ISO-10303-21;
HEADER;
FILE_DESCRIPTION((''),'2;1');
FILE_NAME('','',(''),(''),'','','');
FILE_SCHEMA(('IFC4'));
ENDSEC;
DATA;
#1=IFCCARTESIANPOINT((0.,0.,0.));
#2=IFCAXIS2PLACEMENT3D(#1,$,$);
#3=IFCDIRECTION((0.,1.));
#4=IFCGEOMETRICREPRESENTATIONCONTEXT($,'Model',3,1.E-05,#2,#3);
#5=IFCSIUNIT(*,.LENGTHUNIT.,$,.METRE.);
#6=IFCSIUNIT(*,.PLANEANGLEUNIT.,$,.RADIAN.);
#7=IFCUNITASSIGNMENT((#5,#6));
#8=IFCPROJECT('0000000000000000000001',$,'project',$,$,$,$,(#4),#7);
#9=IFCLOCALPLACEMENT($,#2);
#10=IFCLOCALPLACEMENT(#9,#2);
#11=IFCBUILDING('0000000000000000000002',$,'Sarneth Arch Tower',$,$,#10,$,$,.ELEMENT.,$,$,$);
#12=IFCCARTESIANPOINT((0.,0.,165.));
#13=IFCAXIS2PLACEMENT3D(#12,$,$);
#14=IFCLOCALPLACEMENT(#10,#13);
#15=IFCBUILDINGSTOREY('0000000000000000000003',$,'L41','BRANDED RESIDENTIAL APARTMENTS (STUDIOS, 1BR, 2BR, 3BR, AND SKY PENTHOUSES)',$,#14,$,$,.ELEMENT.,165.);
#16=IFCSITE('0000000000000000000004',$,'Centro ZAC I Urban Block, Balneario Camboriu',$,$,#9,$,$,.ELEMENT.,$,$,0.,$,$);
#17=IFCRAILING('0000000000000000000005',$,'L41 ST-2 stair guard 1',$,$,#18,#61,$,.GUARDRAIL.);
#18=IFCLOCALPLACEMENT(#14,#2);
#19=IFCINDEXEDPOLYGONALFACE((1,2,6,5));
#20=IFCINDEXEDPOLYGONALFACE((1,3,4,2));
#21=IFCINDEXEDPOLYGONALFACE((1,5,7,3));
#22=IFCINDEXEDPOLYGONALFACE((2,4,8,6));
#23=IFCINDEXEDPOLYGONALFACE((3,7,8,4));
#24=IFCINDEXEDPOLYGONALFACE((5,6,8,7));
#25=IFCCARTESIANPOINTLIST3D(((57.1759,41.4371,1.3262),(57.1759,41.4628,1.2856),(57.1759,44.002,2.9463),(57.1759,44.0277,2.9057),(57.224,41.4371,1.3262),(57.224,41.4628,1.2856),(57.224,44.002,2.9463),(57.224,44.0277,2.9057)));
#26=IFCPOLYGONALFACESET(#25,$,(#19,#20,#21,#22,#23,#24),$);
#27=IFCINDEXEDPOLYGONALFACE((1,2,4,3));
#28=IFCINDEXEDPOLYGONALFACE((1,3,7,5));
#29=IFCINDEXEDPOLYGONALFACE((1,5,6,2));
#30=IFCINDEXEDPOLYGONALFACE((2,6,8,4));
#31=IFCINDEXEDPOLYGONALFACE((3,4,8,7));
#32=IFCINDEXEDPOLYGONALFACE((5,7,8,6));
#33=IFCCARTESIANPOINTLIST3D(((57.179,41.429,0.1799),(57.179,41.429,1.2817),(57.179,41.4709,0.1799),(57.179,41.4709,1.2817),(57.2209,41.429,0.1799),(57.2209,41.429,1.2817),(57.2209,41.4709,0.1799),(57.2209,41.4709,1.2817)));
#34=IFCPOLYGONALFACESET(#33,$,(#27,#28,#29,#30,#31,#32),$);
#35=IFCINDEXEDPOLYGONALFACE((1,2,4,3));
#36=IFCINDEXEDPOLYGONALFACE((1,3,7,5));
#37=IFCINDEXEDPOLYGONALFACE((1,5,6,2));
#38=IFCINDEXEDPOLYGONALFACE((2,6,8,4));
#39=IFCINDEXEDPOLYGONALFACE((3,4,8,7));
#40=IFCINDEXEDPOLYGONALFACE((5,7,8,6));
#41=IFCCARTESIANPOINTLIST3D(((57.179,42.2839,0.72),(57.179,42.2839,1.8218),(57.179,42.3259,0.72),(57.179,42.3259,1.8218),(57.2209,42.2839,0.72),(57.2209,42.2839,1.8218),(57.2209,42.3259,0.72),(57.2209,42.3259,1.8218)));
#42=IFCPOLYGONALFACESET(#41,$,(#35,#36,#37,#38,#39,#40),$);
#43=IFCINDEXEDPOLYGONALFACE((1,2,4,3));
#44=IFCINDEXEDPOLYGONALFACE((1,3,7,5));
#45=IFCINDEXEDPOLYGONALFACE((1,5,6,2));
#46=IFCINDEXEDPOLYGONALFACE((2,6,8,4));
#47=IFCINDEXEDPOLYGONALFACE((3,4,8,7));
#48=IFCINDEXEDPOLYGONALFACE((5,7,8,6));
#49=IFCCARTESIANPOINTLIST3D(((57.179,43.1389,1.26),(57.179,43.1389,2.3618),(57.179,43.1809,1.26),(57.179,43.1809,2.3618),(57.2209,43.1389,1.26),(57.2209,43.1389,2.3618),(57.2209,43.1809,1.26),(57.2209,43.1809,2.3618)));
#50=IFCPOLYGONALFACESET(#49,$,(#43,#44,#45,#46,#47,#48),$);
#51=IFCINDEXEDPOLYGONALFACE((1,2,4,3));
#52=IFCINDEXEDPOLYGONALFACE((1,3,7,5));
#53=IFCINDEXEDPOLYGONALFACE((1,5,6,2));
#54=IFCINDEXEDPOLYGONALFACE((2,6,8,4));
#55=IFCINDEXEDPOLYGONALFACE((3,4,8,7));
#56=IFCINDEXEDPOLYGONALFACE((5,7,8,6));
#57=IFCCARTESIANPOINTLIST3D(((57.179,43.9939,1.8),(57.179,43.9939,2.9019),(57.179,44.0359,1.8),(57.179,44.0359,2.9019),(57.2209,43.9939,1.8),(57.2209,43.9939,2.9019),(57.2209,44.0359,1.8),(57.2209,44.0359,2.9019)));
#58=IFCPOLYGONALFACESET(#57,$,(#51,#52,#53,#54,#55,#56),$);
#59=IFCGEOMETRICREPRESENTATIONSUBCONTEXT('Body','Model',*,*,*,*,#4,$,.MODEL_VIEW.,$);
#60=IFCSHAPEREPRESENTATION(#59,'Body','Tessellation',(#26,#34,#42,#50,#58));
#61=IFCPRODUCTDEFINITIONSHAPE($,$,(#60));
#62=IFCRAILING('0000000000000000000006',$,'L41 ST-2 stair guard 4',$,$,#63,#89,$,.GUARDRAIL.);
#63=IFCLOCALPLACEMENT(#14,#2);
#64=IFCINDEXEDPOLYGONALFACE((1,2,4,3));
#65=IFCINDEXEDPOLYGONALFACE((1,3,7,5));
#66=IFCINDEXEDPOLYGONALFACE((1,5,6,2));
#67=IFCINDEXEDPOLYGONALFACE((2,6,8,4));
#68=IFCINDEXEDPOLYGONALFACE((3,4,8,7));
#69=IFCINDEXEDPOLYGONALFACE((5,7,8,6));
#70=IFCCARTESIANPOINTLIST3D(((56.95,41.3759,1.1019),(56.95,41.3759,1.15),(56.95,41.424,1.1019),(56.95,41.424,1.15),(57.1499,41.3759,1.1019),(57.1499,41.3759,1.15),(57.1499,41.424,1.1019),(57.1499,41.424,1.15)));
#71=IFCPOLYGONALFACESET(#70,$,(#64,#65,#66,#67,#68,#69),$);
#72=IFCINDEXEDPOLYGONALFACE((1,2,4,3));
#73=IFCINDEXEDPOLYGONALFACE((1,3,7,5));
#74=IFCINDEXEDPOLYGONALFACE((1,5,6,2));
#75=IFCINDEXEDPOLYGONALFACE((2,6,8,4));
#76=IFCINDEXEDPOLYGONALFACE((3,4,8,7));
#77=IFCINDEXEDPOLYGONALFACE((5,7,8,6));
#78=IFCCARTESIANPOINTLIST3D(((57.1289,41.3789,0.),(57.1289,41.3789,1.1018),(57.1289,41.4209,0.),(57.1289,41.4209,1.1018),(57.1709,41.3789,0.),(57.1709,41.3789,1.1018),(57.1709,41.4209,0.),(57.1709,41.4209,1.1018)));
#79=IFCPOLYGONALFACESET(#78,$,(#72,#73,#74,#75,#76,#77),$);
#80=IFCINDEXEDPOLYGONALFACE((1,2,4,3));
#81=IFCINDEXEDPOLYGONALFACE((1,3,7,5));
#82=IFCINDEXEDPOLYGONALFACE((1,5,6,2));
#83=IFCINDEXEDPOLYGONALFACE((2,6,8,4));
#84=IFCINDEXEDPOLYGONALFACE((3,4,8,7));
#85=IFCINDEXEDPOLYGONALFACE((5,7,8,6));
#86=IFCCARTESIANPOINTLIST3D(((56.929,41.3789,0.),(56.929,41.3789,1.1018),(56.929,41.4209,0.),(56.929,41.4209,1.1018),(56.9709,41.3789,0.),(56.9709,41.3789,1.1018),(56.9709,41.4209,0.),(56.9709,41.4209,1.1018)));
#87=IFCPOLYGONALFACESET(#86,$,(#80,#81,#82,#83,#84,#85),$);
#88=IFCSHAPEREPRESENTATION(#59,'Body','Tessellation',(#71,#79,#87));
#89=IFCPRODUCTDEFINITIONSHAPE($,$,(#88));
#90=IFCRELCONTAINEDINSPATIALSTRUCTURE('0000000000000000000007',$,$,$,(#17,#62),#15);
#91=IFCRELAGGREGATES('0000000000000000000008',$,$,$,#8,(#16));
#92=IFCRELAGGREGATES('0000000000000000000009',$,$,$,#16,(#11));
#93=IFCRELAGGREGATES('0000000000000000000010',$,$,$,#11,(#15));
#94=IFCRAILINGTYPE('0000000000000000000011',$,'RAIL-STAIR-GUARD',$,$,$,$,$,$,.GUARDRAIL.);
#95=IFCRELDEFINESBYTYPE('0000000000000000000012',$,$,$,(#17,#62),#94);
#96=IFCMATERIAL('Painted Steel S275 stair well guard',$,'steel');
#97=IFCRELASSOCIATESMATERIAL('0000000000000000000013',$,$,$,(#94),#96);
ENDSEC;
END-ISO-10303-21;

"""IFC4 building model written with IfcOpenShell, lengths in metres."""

from ifc_helpers import new_model, si_unit, direction, frame, origin, origin_2d, place, context, subcontext, project, spatial, rectangle, extrude, material, type_object, element, save


model = new_model("IFC4")

# Units and contexts
model_context = context("Model", 3, precision=1e-05, world=origin(), true_north=direction((0.0, 1.0)))
body_context = subcontext(model_context, "Body", "Model", "MODEL_VIEW")
ifc_project = project(units=[si_unit("LENGTHUNIT", "METRE"), si_unit("PLANEANGLEUNIT", "RADIAN")], contexts=[model_context])

# Site, building, storey
site_placement = place(None, origin())
site = spatial("IfcSite", under=ifc_project, at=site_placement, Name="Centro ZAC I Urban Block, Balneario Camboriu", CompositionType="ELEMENT", RefElevation=0.0)
building_placement = place(site_placement, origin())
building = spatial("IfcBuilding", under=site, at=building_placement, Name="Sarneth Arch Tower", CompositionType="ELEMENT")
storey_placement = place(building_placement, frame((0.0, 0.0, 165.0)))
storey = spatial("IfcBuildingStorey", under=building, at=storey_placement, Name="L41", Description="BRANDED RESIDENTIAL APARTMENTS (STUDIOS, 1BR, 2BR, 3BR, AND SKY PENTHOUSES)", CompositionType="ELEMENT", Elevation=165.0)

# Railings
ifc_material_1 = material(Name="Painted Steel S275 stair well guard", Category="steel")
railing_type_1 = type_object("IfcRailingType", Name="RAIL-STAIR-GUARD", PredefinedType="GUARDRAIL", material=ifc_material_1)
railing_1_placement = place(storey_placement, frame((57.2, 41.45, 0.1799)))
element("IfcRailing", 1, at=railing_1_placement, inside=storey, type_object=railing_type_1, Name="L41 ST-2 stair guard 1", PredefinedType="GUARDRAIL", context=body_context, shape_type="SweptSolid", body=[
    extrude(rectangle(XDim=0.0481, YDim=0.0481, at=origin_2d()), frame((0.0, 0.0, 1.126), z_axis=(0.0, 0.845466, 0.534029), x_axis=(-1.0, 0.0, 0.0)), (0.0, 0.0, 1.0), 3.0337),
    extrude(rectangle(XDim=0.042, YDim=0.042, at=origin_2d()), origin(), (0.0, 0.0, 1.0), 1.1018),
    extrude(rectangle(XDim=0.042, YDim=0.042, at=origin_2d()), frame((0.0, 0.855, 0.54)), (0.0, 0.0, 1.0), 1.1018),
    extrude(rectangle(XDim=0.042, YDim=0.042, at=origin_2d()), frame((0.0, 1.71, 1.0801)), (0.0, 0.0, 1.0), 1.1018),
    extrude(rectangle(XDim=0.042, YDim=0.042, at=origin_2d()), frame((0.0, 2.5649, 1.6201)), (0.0, 0.0, 1.0), 1.1018),
])
railing_2_placement = place(storey_placement, frame((57.1499, 41.3999, 0.0)))
element("IfcRailing", 2, at=railing_2_placement, inside=storey, type_object=railing_type_1, Name="L41 ST-2 stair guard 4", PredefinedType="GUARDRAIL", context=body_context, shape_type="SweptSolid", body=[
    extrude(rectangle(XDim=0.0481, YDim=0.0481, at=origin_2d()), frame((0.0, 0.0, 1.126), z_axis=(-1.0, 0.0, 0.0), x_axis=(0.0, -1.0, 0.0)), (0.0, 0.0, 1.0), 0.2),
    extrude(rectangle(XDim=0.042, YDim=0.042, at=origin_2d()), origin(), (0.0, 0.0, 1.0), 1.1018),
    extrude(rectangle(XDim=0.042, YDim=0.042, at=origin_2d()), frame((-0.2, 0.0, 0.0)), (0.0, 0.0, 1.0), 1.1018),
])

save(model, "model.ifc")
